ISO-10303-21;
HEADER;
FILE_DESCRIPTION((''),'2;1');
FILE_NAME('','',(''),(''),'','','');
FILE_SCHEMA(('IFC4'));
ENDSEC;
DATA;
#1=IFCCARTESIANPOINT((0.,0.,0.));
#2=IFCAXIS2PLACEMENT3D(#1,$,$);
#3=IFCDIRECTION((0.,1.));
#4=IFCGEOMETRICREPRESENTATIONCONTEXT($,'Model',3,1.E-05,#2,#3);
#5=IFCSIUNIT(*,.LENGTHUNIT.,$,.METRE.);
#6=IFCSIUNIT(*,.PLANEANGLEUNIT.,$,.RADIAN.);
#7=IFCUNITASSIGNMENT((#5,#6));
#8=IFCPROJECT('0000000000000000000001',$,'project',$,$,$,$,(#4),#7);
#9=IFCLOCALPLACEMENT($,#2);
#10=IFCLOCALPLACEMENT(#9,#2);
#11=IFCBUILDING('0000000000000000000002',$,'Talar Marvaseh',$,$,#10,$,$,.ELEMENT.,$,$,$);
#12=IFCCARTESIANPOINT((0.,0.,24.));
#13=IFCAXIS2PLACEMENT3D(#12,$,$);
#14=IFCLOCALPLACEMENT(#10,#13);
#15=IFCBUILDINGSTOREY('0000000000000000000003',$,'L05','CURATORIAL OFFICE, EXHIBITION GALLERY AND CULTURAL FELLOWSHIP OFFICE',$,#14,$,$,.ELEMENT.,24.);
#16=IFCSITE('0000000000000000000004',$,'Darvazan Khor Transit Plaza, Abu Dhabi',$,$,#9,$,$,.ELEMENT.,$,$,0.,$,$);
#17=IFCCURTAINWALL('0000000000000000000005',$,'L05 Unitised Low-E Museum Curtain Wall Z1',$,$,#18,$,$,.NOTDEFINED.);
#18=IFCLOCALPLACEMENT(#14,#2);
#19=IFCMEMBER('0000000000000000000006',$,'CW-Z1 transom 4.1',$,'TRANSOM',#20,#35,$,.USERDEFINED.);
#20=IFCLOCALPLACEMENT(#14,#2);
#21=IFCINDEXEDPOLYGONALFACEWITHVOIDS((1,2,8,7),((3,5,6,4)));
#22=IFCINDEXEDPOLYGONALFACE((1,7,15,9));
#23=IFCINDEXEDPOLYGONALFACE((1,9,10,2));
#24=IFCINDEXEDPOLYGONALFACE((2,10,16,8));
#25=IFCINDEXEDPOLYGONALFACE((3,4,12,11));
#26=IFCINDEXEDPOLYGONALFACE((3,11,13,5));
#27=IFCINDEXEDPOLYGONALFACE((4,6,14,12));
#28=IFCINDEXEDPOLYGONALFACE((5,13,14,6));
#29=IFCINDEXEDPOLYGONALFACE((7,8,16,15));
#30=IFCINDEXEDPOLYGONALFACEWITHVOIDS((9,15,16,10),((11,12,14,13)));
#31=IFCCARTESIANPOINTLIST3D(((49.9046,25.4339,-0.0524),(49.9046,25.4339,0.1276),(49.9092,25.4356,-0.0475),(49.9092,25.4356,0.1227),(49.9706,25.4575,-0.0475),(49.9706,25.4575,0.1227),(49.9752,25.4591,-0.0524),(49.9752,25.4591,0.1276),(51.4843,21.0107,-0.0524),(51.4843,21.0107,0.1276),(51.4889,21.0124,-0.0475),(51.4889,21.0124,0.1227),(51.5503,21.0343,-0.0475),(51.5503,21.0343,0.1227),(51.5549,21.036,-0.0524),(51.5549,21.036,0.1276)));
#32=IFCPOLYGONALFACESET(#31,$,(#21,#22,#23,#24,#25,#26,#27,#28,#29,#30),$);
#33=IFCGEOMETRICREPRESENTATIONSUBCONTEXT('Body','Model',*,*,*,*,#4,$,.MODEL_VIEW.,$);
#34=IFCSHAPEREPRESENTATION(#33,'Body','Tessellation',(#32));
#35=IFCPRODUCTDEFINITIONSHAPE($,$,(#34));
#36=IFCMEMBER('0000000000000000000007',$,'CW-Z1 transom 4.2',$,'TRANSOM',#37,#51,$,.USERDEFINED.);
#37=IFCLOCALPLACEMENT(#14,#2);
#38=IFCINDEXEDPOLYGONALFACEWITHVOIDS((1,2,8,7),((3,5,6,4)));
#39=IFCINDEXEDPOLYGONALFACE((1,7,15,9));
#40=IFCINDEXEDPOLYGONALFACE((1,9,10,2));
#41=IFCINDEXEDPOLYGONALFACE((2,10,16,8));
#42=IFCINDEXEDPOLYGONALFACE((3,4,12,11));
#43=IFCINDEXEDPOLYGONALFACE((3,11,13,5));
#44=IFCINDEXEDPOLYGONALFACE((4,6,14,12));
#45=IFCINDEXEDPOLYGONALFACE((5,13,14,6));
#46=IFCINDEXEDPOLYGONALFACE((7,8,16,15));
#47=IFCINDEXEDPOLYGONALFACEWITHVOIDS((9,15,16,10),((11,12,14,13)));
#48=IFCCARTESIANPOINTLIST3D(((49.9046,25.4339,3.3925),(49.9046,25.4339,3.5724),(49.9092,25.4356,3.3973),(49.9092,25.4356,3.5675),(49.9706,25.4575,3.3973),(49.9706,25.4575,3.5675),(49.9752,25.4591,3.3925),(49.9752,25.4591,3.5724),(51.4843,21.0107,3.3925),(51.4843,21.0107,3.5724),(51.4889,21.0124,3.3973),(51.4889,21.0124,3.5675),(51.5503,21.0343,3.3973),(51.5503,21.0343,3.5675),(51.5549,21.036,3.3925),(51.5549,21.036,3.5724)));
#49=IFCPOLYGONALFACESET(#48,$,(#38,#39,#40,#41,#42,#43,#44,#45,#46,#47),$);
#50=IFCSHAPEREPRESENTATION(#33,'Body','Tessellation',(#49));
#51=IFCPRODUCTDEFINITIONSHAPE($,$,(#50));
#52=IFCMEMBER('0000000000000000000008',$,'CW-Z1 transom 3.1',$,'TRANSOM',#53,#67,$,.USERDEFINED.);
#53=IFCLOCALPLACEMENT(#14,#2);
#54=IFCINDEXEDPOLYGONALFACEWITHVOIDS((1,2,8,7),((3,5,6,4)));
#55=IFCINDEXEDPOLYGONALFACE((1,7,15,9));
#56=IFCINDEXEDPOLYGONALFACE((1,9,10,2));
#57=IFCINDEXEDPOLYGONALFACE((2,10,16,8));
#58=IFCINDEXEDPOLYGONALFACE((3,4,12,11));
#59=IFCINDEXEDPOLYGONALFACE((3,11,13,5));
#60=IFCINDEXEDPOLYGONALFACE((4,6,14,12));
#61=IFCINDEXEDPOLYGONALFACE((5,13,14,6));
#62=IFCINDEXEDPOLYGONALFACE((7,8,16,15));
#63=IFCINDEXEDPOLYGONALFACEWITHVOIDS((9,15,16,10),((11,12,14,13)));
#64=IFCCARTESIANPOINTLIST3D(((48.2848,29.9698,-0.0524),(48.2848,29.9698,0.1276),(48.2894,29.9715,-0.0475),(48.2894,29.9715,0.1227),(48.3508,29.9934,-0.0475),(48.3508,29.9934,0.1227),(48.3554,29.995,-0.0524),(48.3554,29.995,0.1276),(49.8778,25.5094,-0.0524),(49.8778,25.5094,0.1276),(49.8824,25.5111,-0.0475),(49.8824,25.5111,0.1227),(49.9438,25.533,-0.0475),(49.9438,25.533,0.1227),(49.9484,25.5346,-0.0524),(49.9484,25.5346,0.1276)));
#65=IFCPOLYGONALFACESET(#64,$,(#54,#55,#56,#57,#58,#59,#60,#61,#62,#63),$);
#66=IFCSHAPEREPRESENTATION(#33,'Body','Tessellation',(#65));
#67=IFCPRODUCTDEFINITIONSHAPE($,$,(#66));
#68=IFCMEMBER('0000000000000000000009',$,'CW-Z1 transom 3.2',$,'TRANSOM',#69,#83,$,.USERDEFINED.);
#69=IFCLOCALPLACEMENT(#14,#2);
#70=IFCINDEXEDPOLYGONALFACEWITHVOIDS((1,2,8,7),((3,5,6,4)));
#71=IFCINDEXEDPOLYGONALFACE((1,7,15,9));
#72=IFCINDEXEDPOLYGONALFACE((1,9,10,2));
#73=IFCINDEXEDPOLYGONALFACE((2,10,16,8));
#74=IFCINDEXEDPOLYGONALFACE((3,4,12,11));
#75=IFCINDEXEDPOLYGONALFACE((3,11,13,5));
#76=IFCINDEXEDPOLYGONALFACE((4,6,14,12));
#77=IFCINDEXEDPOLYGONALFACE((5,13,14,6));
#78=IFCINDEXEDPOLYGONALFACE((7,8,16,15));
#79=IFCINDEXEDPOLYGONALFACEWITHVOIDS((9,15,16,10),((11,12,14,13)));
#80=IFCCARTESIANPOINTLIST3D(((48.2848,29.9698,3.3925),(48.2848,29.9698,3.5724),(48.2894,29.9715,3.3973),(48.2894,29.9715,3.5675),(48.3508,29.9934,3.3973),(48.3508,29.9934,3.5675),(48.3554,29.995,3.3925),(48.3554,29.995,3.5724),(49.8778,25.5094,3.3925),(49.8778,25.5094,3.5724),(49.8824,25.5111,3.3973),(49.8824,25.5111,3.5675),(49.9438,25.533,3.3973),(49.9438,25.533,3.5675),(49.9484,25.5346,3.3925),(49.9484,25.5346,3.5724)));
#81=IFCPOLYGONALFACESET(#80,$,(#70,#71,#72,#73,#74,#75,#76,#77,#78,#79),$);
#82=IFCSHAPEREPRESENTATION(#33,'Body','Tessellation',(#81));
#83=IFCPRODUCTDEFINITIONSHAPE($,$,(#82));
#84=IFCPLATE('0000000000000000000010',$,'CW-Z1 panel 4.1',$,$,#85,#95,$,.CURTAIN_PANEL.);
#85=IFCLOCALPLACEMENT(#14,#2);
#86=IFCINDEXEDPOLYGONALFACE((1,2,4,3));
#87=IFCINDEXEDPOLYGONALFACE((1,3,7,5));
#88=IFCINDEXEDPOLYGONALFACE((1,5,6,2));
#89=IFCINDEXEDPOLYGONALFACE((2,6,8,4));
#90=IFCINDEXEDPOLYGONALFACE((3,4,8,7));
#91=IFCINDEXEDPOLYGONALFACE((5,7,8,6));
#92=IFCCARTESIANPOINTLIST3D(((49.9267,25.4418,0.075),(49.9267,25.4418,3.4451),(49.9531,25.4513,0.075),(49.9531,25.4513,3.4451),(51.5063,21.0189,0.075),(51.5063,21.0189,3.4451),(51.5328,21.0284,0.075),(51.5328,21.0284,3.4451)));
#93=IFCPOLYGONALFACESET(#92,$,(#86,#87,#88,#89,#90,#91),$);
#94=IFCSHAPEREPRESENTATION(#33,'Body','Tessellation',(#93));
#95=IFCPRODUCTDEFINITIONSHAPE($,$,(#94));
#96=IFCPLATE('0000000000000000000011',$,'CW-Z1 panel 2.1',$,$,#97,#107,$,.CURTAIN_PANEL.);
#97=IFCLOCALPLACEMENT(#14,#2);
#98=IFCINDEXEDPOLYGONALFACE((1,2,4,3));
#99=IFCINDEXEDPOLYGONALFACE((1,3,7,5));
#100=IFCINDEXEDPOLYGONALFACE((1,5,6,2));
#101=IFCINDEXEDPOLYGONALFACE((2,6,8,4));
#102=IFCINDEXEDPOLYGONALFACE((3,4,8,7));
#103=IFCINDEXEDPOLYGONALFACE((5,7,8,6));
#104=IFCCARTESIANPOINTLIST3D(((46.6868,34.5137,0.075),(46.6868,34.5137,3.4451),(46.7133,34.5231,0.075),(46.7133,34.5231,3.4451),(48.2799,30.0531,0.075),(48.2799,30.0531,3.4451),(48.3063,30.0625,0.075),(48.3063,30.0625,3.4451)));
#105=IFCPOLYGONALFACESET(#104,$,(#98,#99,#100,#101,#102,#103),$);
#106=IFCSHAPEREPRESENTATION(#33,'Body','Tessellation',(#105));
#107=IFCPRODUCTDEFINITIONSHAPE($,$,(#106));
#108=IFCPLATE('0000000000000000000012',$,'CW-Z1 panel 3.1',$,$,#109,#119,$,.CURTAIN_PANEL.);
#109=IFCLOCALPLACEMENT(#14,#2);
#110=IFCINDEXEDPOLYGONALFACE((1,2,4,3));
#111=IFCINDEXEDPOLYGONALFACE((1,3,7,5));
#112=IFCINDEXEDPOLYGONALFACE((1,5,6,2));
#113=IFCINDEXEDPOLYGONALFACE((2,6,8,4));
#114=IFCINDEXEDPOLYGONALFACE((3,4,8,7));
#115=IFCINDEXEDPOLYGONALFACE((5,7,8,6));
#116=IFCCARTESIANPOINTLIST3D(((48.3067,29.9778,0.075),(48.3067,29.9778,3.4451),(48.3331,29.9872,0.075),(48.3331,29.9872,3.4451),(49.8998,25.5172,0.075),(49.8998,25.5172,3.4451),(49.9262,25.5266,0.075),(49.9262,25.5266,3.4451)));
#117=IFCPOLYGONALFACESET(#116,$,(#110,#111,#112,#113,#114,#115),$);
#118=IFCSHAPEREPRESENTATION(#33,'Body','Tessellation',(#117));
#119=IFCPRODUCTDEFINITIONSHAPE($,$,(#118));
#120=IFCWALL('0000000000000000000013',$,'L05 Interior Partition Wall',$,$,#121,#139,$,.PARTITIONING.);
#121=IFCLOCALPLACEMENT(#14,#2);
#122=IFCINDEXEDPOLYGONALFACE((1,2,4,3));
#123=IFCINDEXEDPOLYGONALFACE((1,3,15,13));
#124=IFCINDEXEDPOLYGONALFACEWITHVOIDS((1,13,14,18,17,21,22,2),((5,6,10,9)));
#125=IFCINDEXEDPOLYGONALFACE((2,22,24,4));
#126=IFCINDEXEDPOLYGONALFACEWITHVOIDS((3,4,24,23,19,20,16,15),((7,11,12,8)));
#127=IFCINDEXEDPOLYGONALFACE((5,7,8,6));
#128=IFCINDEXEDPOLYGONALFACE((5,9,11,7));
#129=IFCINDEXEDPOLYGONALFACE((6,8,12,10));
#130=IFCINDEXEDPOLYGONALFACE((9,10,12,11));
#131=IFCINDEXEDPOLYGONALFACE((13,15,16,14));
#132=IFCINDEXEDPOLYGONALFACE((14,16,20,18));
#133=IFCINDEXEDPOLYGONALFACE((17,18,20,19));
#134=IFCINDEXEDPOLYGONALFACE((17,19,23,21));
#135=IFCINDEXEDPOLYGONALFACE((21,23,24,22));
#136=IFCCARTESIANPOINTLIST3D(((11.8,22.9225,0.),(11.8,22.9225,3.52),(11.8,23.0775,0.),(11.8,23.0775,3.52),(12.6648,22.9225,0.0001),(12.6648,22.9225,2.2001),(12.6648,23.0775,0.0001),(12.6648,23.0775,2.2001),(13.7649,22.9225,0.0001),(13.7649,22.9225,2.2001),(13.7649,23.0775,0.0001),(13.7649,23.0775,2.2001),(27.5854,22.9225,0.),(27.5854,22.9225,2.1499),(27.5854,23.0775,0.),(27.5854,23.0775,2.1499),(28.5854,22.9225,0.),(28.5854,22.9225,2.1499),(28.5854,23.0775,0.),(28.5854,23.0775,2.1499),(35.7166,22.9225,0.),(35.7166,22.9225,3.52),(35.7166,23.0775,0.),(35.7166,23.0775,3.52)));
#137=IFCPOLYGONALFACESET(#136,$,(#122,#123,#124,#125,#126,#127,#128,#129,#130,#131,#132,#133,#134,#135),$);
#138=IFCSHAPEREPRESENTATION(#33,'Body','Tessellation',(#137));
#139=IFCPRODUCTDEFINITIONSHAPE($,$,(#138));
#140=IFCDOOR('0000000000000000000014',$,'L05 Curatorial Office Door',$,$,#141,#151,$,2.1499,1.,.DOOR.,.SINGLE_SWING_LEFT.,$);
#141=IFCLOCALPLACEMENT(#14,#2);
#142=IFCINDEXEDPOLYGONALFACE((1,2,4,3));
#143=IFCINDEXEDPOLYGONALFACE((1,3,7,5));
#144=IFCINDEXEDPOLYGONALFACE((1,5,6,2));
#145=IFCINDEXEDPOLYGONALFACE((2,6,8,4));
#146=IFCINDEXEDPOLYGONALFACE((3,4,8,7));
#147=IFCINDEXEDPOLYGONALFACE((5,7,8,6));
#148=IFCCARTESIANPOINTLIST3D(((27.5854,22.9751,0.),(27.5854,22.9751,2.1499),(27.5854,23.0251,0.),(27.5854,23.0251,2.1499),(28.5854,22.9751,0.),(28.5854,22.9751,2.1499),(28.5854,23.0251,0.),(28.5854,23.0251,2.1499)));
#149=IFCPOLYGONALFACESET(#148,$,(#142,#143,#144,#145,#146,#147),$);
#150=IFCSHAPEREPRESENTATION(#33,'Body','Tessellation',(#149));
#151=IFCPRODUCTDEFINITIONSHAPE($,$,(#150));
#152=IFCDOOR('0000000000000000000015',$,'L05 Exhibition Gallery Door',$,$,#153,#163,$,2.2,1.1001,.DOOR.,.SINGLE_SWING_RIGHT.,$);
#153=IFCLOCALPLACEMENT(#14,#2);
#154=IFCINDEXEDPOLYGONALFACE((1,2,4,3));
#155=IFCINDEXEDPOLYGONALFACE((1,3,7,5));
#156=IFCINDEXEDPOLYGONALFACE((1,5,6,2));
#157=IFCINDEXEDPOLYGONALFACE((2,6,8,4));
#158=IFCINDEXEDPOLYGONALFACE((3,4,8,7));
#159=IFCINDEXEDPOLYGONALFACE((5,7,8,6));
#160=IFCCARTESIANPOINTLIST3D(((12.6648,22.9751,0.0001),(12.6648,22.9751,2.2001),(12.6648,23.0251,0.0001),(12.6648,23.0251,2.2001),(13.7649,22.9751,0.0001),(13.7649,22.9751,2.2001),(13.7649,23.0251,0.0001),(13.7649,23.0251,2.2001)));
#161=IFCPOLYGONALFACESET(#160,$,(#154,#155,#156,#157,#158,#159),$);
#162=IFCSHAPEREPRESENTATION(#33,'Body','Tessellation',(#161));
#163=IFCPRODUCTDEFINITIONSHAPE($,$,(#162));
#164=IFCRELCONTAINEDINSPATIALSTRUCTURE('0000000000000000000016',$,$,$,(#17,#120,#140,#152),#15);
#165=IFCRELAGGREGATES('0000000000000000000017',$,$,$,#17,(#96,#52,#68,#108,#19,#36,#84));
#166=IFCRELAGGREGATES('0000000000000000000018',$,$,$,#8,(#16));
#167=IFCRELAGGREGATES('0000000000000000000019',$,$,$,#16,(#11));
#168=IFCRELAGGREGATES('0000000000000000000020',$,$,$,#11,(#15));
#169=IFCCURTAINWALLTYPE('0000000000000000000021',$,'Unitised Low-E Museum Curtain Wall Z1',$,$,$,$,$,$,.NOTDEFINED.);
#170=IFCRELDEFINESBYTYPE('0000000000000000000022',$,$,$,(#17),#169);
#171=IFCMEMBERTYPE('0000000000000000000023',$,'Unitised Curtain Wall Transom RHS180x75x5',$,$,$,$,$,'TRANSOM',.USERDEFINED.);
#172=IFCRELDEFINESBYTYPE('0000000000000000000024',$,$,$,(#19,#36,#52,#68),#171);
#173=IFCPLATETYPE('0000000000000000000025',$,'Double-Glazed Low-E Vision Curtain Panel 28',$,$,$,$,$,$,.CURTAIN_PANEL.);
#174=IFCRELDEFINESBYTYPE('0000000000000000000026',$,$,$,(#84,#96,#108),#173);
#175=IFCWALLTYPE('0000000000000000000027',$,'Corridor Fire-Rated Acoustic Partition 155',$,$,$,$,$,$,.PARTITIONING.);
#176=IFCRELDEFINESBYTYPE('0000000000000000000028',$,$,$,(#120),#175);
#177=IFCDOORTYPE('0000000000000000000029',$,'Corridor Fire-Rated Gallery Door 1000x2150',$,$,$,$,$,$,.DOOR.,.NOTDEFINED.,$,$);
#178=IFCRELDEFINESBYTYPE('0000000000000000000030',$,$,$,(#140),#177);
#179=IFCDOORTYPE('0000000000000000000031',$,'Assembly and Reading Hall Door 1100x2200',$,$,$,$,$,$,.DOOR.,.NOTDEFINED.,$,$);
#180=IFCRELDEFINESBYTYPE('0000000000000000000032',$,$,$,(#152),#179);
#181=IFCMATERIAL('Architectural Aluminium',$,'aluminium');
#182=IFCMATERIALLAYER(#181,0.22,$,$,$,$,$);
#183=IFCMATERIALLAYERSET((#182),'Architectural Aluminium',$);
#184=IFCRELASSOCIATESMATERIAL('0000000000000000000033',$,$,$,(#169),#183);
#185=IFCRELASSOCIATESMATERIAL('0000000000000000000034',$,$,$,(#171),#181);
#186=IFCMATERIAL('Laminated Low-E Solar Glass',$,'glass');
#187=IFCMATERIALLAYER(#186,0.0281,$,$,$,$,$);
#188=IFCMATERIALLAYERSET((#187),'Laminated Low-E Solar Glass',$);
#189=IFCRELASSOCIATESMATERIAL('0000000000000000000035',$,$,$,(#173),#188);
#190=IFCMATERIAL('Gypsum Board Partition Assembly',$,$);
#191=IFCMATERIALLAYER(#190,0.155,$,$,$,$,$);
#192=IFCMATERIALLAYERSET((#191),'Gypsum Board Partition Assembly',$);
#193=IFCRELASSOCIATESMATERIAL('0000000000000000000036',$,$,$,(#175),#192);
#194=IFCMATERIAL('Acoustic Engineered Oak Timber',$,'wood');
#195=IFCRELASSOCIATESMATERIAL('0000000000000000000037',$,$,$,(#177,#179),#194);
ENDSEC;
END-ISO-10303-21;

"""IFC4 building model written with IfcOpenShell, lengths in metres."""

from ifc_helpers import new_model, si_unit, direction, frame, frame_2d, origin, origin_2d, place, context, subcontext, project, spatial, rectangle, hollow_rectangle, extrude, source, transform, mapped, material, layer, layer_set, material_profile, profile_set, type_object, type_shapes, element, fill, aggregate, save


model = new_model("IFC4")

# Units and contexts
model_context = context("Model", 3, precision=1e-05, world=origin(), true_north=direction((0.0, 1.0)))
body_context = subcontext(model_context, "Body", "Model", "MODEL_VIEW")
ifc_project = project(units=[si_unit("LENGTHUNIT", "METRE"), si_unit("PLANEANGLEUNIT", "RADIAN")], contexts=[model_context])

# Site, building, storey
site_placement = place(None, origin())
site = spatial("IfcSite", under=ifc_project, at=site_placement, Name="Darvazan Khor Transit Plaza, Abu Dhabi", CompositionType="ELEMENT", RefElevation=0.0)
building_placement = place(site_placement, origin())
building = spatial("IfcBuilding", under=site, at=building_placement, Name="Talar Marvaseh", CompositionType="ELEMENT")
storey_placement = place(building_placement, frame((0.0, 0.0, 24.0)))
storey = spatial("IfcBuildingStorey", under=building, at=storey_placement, Name="L05", Description="CURATORIAL OFFICE, EXHIBITION GALLERY AND CULTURAL FELLOWSHIP OFFICE", CompositionType="ELEMENT", Elevation=24.0)

# Curtain wall, members, plates
ifc_material_1 = material(Name="Architectural Aluminium", Category="aluminium")
ifc_layer_1 = layer(ifc_material_1, 0.22)
ifc_layer_set_1 = layer_set([ifc_layer_1], Name="Architectural Aluminium")
curtain_wall_type = type_object("IfcCurtainWallType", Name="Unitised Low-E Museum Curtain Wall Z1", PredefinedType="NOTDEFINED", material=ifc_layer_set_1)
curtain_wall_placement = place(storey_placement, origin())
curtain_wall = element("IfcCurtainWall", 1, at=curtain_wall_placement, inside=storey, type_object=curtain_wall_type, Name="L05 Unitised Low-E Museum Curtain Wall Z1", PredefinedType="NOTDEFINED")
ifc_material_profile_1 = material_profile(ifc_material_1, hollow_rectangle(XDim=0.075, YDim=0.1799, WallThickness=0.0049, at=origin_2d()), Name="RHS180x75x5")
ifc_profile_set_1 = profile_set([ifc_material_profile_1], Name="Architectural Aluminium")
member_type_1 = type_object("IfcMemberType", Name="Unitised Curtain Wall Transom RHS180x75x5", ElementType="TRANSOM", PredefinedType="USERDEFINED", material=ifc_profile_set_1)
shared_shape_1 = source(origin(), body_context, "Body", "SweptSolid", [
    extrude(hollow_rectangle(XDim=0.075, YDim=0.1799, WallThickness=0.0049, at=origin_2d()), origin(), (0.0, 0.0, 1.0), 4.6968),
])
member_1_placement = place(storey_placement, frame((49.9399, 25.4465, 0.0376), z_axis=(0.33632, -0.941748, 0.0), x_axis=(0.941748, 0.33632, 0.0)))
member_1 = element("IfcMember", 2, at=member_1_placement, type_object=member_type_1, Name="CW-Z1 transom 4.1", ObjectType="TRANSOM", PredefinedType="USERDEFINED", context=body_context, shape_type="MappedRepresentation", body=[
    mapped(shared_shape_1, transform((0.0, 0.0, 0.0), x_axis=(1.0, 0.0, 0.0), y_axis=(0.0, 1.0, 0.0), z_axis=(0.0, 0.0, 1.0), scale=1.0)),
])
member_2_placement = place(storey_placement, frame((49.9399, 25.4465, 3.4824), z_axis=(0.33632, -0.941748, 0.0), x_axis=(0.941748, 0.33632, 0.0)))
member_2 = element("IfcMember", 3, at=member_2_placement, type_object=member_type_1, Name="CW-Z1 transom 4.2", ObjectType="TRANSOM", PredefinedType="USERDEFINED", context=body_context, shape_type="MappedRepresentation", body=[
    mapped(shared_shape_1, transform((0.0, 0.0, 0.0), x_axis=(1.0, 0.0, 0.0), y_axis=(0.0, 1.0, 0.0), z_axis=(0.0, 0.0, 1.0), scale=1.0)),
])
shared_shape_2 = source(origin(), body_context, "Body", "SweptSolid", [
    extrude(hollow_rectangle(XDim=0.075, YDim=0.1799, WallThickness=0.0049, at=origin_2d()), origin(), (0.0, 0.0, 1.0), 4.7363),
])
type_shapes(member_type_1, [shared_shape_1, shared_shape_2])
member_3_placement = place(storey_placement, frame((48.3201, 29.9824, 0.0376), z_axis=(0.336336, -0.941742, 0.0), x_axis=(0.941742, 0.336336, 0.0)))
member_3 = element("IfcMember", 4, at=member_3_placement, type_object=member_type_1, Name="CW-Z1 transom 3.1", ObjectType="TRANSOM", PredefinedType="USERDEFINED", context=body_context, shape_type="MappedRepresentation", body=[
    mapped(shared_shape_2, transform((0.0, 0.0, 0.0), x_axis=(1.0, 0.0, 0.0), y_axis=(0.0, 1.0, 0.0), z_axis=(0.0, 0.0, 1.0), scale=1.0)),
])
member_4_placement = place(storey_placement, frame((48.3201, 29.9824, 3.4824), z_axis=(0.336336, -0.941742, 0.0), x_axis=(0.941742, 0.336336, 0.0)))
member_4 = element("IfcMember", 5, at=member_4_placement, type_object=member_type_1, Name="CW-Z1 transom 3.2", ObjectType="TRANSOM", PredefinedType="USERDEFINED", context=body_context, shape_type="MappedRepresentation", body=[
    mapped(shared_shape_2, transform((0.0, 0.0, 0.0), x_axis=(1.0, 0.0, 0.0), y_axis=(0.0, 1.0, 0.0), z_axis=(0.0, 0.0, 1.0), scale=1.0)),
])
ifc_material_2 = material(Name="Laminated Low-E Solar Glass", Category="glass")
ifc_layer_2 = layer(ifc_material_2, 0.0281)
ifc_layer_set_2 = layer_set([ifc_layer_2], Name="Laminated Low-E Solar Glass")
plate_type = type_object("IfcPlateType", Name="Double-Glazed Low-E Vision Curtain Panel 28", PredefinedType="CURTAIN_PANEL", material=ifc_layer_set_2)
shared_shape_3 = source(origin(), body_context, "Body", "SweptSolid", [
    extrude(rectangle(XDim=4.6965, YDim=0.0281, at=origin_2d()), origin(), (0.0, 0.0, 1.0), 3.3701),
])
plate_1_placement = place(storey_placement, frame((50.7297, 23.2351, 0.075), z_axis=(0.0, 0.0, 1.0), x_axis=(0.336336, -0.941742, 0.0)))
plate_1 = element("IfcPlate", 6, at=plate_1_placement, type_object=plate_type, Name="CW-Z1 panel 4.1", PredefinedType="CURTAIN_PANEL", context=body_context, shape_type="MappedRepresentation", body=[
    mapped(shared_shape_3, transform((0.0, 0.0, 0.0), x_axis=(1.0, 0.0, 0.0), y_axis=(0.0, 1.0, 0.0), z_axis=(0.0, 0.0, 1.0), scale=1.0)),
])
shared_shape_4 = source(origin(), body_context, "Body", "SweptSolid", [
    extrude(rectangle(XDim=4.7366, YDim=0.0281, at=origin_2d()), origin(), (0.0, 0.0, 1.0), 3.3701),
])
type_shapes(plate_type, [shared_shape_3, shared_shape_4])
plate_2_placement = place(storey_placement, frame((47.4966, 32.2881, 0.075), z_axis=(0.0, 0.0, 1.0), x_axis=(0.336336, -0.941742, 0.0)))
plate_2 = element("IfcPlate", 7, at=plate_2_placement, type_object=plate_type, Name="CW-Z1 panel 2.1", PredefinedType="CURTAIN_PANEL", context=body_context, shape_type="MappedRepresentation", body=[
    mapped(shared_shape_4, transform((0.0, 0.0, 0.0), x_axis=(1.0, 0.0, 0.0), y_axis=(0.0, 1.0, 0.0), z_axis=(0.0, 0.0, 1.0), scale=1.0)),
])
plate_3_placement = place(storey_placement, frame((49.1165, 27.7522, 0.075), z_axis=(0.0, 0.0, 1.0), x_axis=(0.336336, -0.941742, 0.0)))
plate_3 = element("IfcPlate", 8, at=plate_3_placement, type_object=plate_type, Name="CW-Z1 panel 3.1", PredefinedType="CURTAIN_PANEL", context=body_context, shape_type="MappedRepresentation", body=[
    mapped(shared_shape_4, transform((0.0, 0.0, 0.0), x_axis=(1.0, 0.0, 0.0), y_axis=(0.0, 1.0, 0.0), z_axis=(0.0, 0.0, 1.0), scale=1.0)),
])
aggregate(curtain_wall, [plate_2, member_3, member_4, plate_3, member_1, member_2, plate_1])

# Wall, openings, doors
ifc_material_3 = material(Name="Gypsum Board Partition Assembly")
ifc_layer_3 = layer(ifc_material_3, 0.155)
ifc_layer_set_3 = layer_set([ifc_layer_3], Name="Gypsum Board Partition Assembly")
wall_type_1 = type_object("IfcWallType", Name="Corridor Fire-Rated Acoustic Partition 155", PredefinedType="PARTITIONING", material=ifc_layer_set_3)
wall_1_placement = place(storey_placement, frame((35.7166, 23.0, 0.0), z_axis=(0.0, 0.0, 1.0), x_axis=(-1.0, 0.0, 0.0)))
wall_1 = element("IfcWall", 9, at=wall_1_placement, inside=storey, type_object=wall_type_1, Name="L05 Interior Partition Wall", PredefinedType="PARTITIONING", context=body_context, shape_type="SweptSolid", body=[
    extrude(rectangle(XDim=23.9165, YDim=0.155, at=frame_2d((11.9583, 0.0))), origin(), (0.0, 0.0, 1.0), 3.52),
])
opening_1_placement = place(wall_1_placement, frame((21.9517, 0.0, 0.0)))
opening_1 = element("IfcOpeningElement", 10, at=opening_1_placement, cuts=wall_1, PredefinedType="OPENING", context=body_context, shape_type="SweptSolid", body=[
    extrude(rectangle(XDim=1.1001, YDim=2.2, at=frame_2d((0.55, 1.1001))), frame((0.0, 0.0874, 0.0), z_axis=(0.0, -1.0, 0.0), x_axis=(1.0, 0.0, 0.0)), (0.0, 0.0, 1.0), 0.175),
])
opening_2_placement = place(wall_1_placement, frame((7.1311, 0.0, 0.0)))
opening_2 = element("IfcOpeningElement", 11, at=opening_2_placement, cuts=wall_1, PredefinedType="OPENING", context=body_context, shape_type="SweptSolid", body=[
    extrude(rectangle(XDim=1.0, YDim=2.1499, at=frame_2d((0.5, 1.075))), frame((0.0, 0.0874, 0.0), z_axis=(0.0, -1.0, 0.0), x_axis=(1.0, 0.0, 0.0)), (0.0, 0.0, 1.0), 0.175),
])
ifc_material_4 = material(Name="Acoustic Engineered Oak Timber", Category="wood")
door_type_1 = type_object("IfcDoorType", Name="Corridor Fire-Rated Gallery Door 1000x2150", OperationType="NOTDEFINED", PredefinedType="DOOR", material=ifc_material_4)
shared_shape_5 = source(origin(), body_context, "Body", "SweptSolid", [
    extrude(rectangle(XDim=1.0, YDim=2.1499, at=frame_2d((0.5, 1.075))), frame((0.0, 0.0249, 0.0), z_axis=(0.0, -1.0, 0.0), x_axis=(1.0, 0.0, 0.0)), (0.0, 0.0, 1.0), 0.05),
])
type_shapes(door_type_1, [shared_shape_5])
door_1_placement = place(opening_2_placement, origin())
door_1 = element("IfcDoor", 12, at=door_1_placement, inside=storey, type_object=door_type_1, Name="L05 Curatorial Office Door", OperationType="SINGLE_SWING_LEFT", OverallHeight=2.1499, OverallWidth=1.0, PredefinedType="DOOR", context=body_context, shape_type="MappedRepresentation", body=[
    mapped(shared_shape_5, transform((0.0, 0.0, 0.0), x_axis=(1.0, 0.0, 0.0), y_axis=(0.0, 1.0, 0.0), z_axis=(0.0, 0.0, 1.0), scale=1.0)),
])
fill(opening_2, door_1)
door_type_2 = type_object("IfcDoorType", Name="Assembly and Reading Hall Door 1100x2200", OperationType="NOTDEFINED", PredefinedType="DOOR", material=ifc_material_4)
shared_shape_6 = source(origin(), body_context, "Body", "SweptSolid", [
    extrude(rectangle(XDim=1.1001, YDim=2.2, at=frame_2d((0.55, 1.1001))), frame((0.0, 0.0249, 0.0), z_axis=(0.0, -1.0, 0.0), x_axis=(1.0, 0.0, 0.0)), (0.0, 0.0, 1.0), 0.05),
])
type_shapes(door_type_2, [shared_shape_6])
door_2_placement = place(opening_1_placement, origin())
door_2 = element("IfcDoor", 13, at=door_2_placement, inside=storey, type_object=door_type_2, Name="L05 Exhibition Gallery Door", OperationType="SINGLE_SWING_RIGHT", OverallHeight=2.2, OverallWidth=1.1001, PredefinedType="DOOR", context=body_context, shape_type="MappedRepresentation", body=[
    mapped(shared_shape_6, transform((0.0, 0.0, 0.0), x_axis=(1.0, 0.0, 0.0), y_axis=(0.0, 1.0, 0.0), z_axis=(0.0, 0.0, 1.0), scale=1.0)),
])
fill(opening_1, door_2)

save(model, "model.ifc")
